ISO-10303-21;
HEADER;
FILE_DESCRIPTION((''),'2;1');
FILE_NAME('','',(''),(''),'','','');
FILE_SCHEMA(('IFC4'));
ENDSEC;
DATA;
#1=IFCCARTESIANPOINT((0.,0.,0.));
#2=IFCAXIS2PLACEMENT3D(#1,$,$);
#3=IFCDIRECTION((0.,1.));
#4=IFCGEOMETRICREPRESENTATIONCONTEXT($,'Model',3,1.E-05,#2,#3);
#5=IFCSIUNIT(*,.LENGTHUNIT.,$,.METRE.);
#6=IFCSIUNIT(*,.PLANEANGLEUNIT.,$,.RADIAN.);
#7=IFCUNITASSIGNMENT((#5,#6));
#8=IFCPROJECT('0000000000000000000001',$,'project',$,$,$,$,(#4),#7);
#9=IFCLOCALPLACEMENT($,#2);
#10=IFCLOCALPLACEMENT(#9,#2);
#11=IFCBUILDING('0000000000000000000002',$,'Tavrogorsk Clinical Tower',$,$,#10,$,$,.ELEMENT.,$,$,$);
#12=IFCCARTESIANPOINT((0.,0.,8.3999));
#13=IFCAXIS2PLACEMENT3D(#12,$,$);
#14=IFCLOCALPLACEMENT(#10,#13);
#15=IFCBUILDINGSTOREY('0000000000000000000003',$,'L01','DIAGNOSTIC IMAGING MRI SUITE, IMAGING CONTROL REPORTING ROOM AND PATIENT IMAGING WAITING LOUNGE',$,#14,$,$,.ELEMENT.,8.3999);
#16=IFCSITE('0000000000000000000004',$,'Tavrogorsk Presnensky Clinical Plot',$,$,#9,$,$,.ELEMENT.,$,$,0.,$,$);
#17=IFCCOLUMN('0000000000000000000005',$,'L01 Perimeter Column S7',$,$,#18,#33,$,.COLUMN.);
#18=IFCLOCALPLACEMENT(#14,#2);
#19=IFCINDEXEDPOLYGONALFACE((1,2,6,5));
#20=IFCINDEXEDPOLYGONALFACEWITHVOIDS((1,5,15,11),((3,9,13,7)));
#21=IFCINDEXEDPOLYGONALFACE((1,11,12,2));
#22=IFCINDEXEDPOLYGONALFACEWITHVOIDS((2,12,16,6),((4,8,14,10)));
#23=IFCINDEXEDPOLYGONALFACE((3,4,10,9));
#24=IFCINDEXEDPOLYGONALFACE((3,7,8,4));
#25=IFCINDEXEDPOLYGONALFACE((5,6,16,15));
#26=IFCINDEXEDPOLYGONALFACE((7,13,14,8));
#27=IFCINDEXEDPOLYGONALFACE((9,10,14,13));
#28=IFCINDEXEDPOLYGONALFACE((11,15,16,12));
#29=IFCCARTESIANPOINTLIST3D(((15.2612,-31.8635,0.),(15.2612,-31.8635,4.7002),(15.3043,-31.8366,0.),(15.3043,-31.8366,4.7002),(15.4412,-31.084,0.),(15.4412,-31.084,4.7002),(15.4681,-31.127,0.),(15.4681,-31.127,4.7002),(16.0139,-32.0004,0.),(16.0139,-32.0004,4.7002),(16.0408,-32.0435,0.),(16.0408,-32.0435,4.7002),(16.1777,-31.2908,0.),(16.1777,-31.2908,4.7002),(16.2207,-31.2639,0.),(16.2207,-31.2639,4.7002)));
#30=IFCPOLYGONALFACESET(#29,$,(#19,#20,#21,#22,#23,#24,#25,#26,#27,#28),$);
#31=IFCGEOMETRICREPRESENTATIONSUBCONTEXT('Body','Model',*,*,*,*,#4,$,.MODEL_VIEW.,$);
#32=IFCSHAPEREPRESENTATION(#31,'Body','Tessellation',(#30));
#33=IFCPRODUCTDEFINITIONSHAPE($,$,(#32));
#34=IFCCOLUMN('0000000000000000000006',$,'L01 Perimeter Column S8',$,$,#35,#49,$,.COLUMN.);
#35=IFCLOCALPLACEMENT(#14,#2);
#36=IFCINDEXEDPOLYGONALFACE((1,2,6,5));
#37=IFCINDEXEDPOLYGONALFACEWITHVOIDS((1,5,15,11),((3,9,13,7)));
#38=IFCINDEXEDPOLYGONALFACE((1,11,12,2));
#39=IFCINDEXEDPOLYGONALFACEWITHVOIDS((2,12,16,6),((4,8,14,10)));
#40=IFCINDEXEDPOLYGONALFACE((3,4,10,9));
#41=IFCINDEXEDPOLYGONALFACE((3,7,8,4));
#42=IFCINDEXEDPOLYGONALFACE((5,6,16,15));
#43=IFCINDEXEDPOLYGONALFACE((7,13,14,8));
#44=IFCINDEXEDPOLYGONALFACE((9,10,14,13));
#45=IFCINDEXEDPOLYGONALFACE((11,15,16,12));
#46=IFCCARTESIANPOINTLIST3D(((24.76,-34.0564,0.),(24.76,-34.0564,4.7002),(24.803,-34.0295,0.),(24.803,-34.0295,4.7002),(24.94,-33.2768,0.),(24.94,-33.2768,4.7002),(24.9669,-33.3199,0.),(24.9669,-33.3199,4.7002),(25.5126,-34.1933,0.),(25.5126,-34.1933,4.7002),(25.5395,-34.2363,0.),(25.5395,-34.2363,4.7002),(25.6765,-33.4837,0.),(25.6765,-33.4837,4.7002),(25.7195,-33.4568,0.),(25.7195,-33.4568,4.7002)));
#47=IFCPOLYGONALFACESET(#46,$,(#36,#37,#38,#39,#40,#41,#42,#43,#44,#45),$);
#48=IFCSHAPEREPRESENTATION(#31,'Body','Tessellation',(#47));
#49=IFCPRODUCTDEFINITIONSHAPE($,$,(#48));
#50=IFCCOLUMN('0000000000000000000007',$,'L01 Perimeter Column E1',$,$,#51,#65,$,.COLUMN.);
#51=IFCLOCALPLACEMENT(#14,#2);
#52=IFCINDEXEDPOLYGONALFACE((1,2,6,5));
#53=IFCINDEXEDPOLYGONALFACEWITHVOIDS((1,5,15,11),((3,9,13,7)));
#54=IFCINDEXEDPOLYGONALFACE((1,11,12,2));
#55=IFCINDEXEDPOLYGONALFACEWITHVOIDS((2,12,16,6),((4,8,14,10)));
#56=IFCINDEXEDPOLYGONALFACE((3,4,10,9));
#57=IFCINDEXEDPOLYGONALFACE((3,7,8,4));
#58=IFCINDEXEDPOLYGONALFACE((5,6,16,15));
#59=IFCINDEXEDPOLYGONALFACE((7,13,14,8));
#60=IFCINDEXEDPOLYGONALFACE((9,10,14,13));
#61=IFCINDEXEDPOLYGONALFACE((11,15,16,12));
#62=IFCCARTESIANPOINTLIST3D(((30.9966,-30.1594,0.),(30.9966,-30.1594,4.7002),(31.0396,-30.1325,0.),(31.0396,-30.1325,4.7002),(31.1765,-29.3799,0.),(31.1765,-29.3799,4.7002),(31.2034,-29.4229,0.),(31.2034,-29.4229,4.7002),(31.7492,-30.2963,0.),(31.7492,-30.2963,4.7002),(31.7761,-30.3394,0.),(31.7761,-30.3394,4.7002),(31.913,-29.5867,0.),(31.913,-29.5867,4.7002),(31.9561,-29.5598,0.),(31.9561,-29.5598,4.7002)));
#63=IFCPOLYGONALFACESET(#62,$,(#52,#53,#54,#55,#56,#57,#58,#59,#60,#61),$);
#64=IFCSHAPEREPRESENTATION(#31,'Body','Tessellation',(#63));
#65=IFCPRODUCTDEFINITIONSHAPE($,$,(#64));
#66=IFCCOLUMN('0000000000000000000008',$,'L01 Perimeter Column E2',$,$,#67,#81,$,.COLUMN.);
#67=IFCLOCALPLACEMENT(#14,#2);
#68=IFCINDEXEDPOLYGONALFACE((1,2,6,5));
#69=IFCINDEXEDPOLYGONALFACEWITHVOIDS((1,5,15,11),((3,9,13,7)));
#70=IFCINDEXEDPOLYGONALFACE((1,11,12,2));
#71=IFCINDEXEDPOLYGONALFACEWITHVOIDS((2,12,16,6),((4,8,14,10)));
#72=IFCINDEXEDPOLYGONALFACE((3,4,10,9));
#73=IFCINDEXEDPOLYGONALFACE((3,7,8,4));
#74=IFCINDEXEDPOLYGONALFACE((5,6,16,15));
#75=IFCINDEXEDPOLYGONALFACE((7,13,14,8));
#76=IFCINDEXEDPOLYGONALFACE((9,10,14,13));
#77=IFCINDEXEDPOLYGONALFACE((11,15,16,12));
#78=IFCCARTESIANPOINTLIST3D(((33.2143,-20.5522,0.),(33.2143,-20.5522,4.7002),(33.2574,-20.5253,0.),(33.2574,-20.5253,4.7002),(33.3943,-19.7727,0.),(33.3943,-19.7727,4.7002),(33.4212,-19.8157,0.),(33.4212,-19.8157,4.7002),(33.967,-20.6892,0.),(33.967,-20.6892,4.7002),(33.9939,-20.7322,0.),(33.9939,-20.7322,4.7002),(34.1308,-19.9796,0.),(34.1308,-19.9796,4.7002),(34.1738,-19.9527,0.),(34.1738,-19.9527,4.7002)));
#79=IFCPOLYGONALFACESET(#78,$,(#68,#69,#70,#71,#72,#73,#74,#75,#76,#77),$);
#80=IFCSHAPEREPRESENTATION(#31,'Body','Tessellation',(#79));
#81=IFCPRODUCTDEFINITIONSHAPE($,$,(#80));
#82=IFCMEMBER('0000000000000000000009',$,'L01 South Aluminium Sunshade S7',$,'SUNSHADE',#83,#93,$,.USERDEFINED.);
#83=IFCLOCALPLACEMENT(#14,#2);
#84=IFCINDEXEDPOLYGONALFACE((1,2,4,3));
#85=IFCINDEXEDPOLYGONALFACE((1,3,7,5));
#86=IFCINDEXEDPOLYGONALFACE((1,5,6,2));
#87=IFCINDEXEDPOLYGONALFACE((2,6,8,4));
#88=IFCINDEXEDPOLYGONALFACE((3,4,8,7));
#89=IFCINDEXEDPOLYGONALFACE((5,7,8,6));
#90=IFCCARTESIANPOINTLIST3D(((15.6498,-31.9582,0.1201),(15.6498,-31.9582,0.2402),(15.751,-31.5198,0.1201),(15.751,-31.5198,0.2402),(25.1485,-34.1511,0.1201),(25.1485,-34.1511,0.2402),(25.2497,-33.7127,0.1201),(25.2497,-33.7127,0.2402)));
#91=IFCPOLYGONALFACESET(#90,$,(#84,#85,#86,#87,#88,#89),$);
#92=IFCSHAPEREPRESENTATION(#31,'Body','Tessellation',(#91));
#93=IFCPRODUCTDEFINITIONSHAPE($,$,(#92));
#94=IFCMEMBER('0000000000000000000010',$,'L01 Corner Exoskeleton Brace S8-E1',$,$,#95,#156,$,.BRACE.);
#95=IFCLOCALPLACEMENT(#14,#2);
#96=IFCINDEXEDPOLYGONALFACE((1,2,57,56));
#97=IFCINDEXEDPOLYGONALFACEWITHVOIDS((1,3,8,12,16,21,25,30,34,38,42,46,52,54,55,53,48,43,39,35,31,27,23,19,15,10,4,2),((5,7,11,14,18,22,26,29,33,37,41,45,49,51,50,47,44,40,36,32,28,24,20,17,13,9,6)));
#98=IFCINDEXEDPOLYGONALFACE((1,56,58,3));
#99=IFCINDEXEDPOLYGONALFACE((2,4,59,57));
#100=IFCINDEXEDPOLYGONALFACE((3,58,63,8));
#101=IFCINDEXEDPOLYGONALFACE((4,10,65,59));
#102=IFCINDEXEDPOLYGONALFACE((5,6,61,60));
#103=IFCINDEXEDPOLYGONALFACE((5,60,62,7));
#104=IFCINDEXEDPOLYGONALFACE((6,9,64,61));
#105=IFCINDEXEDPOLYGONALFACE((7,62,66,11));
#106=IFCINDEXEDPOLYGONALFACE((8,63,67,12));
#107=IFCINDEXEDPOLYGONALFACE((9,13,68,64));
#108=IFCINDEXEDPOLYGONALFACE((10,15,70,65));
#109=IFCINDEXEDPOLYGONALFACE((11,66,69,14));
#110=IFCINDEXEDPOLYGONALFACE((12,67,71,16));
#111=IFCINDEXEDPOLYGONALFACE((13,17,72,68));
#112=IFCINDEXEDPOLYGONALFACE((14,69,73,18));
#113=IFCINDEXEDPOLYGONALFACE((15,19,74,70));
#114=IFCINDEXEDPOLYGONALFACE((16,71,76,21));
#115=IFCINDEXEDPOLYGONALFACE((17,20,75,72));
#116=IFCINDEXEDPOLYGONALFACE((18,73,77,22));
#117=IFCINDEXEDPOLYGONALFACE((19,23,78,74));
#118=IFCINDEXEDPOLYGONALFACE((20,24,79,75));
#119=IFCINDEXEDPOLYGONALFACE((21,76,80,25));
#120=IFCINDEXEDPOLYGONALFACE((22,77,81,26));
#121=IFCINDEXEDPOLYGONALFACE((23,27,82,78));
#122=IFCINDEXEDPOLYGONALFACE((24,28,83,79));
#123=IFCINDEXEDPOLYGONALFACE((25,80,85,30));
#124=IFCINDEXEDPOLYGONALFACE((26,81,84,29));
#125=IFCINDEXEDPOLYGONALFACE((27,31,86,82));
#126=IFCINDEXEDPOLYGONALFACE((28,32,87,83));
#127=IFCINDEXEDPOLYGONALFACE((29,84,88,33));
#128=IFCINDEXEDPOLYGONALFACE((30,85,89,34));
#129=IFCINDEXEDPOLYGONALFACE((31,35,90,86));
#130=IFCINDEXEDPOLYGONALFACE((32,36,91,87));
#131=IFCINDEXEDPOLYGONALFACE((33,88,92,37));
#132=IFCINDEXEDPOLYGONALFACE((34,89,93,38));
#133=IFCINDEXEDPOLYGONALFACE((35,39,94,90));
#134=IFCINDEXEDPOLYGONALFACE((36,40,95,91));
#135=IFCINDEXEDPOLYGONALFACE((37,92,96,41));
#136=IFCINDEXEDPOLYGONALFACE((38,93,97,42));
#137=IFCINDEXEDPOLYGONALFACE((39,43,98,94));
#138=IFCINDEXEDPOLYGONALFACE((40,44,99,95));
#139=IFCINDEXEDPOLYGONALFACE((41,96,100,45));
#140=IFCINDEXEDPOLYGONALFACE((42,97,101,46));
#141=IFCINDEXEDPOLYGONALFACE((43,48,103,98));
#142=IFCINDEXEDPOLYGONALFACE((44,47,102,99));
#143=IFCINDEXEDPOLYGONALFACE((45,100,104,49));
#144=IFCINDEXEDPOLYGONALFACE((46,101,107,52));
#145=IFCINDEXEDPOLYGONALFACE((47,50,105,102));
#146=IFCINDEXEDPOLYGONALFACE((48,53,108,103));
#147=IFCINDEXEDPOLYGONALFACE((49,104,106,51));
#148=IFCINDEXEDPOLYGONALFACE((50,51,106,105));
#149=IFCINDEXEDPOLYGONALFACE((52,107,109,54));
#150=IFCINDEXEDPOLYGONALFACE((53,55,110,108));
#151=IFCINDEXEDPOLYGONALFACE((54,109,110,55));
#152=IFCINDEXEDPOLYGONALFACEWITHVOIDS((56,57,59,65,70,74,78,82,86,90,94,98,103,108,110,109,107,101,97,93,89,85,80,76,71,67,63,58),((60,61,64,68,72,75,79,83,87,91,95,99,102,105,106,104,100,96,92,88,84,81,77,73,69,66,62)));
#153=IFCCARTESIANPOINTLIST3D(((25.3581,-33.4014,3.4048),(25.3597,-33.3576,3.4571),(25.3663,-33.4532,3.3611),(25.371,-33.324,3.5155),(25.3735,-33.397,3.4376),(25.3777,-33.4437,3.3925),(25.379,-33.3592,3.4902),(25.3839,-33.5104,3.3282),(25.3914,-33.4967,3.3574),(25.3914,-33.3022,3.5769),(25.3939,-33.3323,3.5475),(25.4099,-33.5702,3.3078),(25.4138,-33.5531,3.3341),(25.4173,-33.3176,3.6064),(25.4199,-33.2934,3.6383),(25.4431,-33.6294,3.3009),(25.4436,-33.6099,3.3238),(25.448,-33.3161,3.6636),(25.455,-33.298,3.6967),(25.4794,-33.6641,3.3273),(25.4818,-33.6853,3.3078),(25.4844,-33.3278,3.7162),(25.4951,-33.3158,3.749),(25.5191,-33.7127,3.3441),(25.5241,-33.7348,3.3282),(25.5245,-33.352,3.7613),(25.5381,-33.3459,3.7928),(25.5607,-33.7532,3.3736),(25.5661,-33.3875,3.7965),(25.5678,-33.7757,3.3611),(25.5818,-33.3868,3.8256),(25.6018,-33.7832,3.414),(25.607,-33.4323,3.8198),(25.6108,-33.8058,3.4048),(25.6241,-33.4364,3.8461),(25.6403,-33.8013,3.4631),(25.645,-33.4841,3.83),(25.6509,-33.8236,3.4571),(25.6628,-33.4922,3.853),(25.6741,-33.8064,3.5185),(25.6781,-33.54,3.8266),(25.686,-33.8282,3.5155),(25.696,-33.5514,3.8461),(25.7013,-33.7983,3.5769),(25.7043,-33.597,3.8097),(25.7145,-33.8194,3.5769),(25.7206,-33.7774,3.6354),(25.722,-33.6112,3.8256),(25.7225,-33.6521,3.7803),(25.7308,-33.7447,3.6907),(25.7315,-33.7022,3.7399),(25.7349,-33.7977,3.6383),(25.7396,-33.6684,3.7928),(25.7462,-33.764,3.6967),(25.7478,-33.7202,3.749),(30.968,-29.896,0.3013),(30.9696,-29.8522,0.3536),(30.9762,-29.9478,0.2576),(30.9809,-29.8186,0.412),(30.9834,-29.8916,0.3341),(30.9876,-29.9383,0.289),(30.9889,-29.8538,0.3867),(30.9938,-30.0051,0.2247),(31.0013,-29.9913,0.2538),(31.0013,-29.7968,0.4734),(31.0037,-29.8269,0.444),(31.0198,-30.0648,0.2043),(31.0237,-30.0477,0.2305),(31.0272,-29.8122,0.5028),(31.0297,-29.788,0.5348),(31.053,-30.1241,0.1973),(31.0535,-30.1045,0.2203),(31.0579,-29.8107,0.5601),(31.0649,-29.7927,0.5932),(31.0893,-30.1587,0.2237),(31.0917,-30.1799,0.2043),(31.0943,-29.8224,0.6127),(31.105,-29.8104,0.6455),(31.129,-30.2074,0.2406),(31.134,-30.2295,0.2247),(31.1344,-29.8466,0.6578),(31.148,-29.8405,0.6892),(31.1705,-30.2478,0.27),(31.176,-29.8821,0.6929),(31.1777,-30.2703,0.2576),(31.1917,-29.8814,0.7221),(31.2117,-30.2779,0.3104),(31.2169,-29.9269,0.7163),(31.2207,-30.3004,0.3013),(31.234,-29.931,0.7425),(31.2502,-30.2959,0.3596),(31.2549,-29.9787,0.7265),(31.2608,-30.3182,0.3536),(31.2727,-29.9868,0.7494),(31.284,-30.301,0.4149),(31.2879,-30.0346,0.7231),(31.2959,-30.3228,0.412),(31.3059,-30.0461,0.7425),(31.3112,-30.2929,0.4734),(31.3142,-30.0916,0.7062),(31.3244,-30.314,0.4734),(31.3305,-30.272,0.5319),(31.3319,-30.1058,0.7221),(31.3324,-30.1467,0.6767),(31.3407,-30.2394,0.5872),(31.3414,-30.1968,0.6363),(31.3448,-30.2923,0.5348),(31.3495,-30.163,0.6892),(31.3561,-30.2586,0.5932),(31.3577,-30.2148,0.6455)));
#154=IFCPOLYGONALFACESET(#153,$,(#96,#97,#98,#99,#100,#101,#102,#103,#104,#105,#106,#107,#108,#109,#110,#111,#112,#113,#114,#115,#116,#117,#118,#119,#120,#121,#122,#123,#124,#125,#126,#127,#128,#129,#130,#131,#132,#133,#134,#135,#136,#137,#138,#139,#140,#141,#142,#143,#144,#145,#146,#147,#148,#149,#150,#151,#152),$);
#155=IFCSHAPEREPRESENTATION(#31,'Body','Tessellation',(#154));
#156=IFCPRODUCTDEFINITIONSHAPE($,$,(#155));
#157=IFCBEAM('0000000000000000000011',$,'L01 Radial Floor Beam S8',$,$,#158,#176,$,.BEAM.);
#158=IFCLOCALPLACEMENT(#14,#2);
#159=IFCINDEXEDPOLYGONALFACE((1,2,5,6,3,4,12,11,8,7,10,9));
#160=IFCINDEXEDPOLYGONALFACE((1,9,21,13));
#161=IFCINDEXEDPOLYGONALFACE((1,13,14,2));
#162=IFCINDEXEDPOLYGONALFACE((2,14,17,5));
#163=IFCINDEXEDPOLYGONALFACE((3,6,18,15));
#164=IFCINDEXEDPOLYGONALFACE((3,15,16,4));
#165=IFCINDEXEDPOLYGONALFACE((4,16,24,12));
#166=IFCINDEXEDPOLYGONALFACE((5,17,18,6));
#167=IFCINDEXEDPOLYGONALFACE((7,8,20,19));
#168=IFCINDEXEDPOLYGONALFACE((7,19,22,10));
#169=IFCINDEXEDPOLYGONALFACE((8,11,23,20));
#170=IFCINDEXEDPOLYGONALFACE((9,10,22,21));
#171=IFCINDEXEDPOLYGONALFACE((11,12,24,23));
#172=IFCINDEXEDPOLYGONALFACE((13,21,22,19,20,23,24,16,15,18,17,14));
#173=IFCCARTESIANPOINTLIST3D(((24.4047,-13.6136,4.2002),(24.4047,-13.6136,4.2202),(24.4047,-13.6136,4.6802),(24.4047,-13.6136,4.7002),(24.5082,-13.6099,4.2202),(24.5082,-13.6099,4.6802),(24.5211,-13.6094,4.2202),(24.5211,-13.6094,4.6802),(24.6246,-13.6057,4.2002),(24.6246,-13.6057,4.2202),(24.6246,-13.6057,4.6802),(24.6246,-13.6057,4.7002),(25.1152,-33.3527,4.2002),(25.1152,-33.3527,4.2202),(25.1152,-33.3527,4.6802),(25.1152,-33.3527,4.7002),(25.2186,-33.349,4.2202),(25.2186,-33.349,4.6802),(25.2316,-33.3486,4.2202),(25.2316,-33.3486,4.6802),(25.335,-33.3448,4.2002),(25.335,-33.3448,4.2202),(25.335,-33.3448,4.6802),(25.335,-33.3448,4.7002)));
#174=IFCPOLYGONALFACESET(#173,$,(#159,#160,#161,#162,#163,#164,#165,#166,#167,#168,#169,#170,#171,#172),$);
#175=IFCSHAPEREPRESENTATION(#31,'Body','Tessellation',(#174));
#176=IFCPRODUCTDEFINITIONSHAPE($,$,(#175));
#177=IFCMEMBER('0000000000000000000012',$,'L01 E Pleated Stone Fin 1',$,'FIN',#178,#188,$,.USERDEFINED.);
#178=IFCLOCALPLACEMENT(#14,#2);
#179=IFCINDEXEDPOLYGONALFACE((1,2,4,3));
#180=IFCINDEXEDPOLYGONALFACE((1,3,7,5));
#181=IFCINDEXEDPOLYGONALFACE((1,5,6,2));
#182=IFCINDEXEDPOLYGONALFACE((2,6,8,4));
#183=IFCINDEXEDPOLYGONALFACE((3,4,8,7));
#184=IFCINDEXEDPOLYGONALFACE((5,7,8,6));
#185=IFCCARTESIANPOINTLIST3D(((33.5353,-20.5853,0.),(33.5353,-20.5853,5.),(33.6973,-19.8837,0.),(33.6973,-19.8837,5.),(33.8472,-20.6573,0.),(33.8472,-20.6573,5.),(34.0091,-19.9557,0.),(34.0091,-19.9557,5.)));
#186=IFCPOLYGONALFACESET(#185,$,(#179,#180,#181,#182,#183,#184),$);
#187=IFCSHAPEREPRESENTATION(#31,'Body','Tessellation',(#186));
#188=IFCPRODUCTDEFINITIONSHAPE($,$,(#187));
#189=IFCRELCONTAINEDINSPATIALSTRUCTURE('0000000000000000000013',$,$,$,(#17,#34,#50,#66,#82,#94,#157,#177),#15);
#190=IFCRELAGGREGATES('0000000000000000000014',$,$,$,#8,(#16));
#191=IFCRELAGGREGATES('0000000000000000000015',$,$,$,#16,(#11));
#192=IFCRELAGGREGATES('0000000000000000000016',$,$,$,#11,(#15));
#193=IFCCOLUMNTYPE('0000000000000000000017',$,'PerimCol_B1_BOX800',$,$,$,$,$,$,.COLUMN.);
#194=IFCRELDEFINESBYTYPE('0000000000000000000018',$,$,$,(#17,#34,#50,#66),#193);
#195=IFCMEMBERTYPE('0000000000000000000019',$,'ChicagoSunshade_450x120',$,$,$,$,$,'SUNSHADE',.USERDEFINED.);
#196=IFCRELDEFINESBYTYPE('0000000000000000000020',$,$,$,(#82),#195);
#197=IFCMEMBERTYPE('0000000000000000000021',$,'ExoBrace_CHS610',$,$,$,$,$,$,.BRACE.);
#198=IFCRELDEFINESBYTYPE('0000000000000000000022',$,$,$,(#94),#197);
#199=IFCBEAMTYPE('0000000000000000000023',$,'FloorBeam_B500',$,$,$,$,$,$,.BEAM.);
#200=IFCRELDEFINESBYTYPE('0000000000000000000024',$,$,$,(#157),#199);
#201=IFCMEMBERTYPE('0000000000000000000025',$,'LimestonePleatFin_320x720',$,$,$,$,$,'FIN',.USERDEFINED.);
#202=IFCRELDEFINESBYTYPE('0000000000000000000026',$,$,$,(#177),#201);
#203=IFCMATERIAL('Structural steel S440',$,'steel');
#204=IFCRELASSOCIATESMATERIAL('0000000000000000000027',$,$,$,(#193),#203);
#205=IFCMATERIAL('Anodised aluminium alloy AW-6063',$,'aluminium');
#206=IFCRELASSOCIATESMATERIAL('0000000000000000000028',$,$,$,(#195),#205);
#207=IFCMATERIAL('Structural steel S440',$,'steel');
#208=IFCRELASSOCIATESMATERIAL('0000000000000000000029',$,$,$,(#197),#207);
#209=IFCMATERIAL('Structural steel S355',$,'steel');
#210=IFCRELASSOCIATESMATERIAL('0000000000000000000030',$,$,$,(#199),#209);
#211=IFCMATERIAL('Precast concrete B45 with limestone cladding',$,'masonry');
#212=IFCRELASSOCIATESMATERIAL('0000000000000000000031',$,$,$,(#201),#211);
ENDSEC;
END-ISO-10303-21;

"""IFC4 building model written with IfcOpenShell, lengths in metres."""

from ifc_helpers import new_model, si_unit, direction, frame, origin, origin_2d, place, context, subcontext, project, spatial, rectangle, hollow_rectangle, hollow_circle, i_section, extrude, material, material_profile, profile_set, type_object, element, save


model = new_model("IFC4")

# Units and contexts
model_context = context("Model", 3, precision=1e-05, world=origin(), true_north=direction((0.0, 1.0)))
body_context = subcontext(model_context, "Body", "Model", "MODEL_VIEW")
ifc_project = project(units=[si_unit("LENGTHUNIT", "METRE"), si_unit("PLANEANGLEUNIT", "RADIAN")], contexts=[model_context])

# Site, building, storey
site_placement = place(None, origin())
site = spatial("IfcSite", under=ifc_project, at=site_placement, Name="Tavrogorsk Presnensky Clinical Plot", CompositionType="ELEMENT", RefElevation=0.0)
building_placement = place(site_placement, origin())
building = spatial("IfcBuilding", under=site, at=building_placement, Name="Tavrogorsk Clinical Tower", CompositionType="ELEMENT")
storey_placement = place(building_placement, frame((0.0, 0.0, 8.3999)))
storey = spatial("IfcBuildingStorey", under=building, at=storey_placement, Name="L01", Description="DIAGNOSTIC IMAGING MRI SUITE, IMAGING CONTROL REPORTING ROOM AND PATIENT IMAGING WAITING LOUNGE", CompositionType="ELEMENT", Elevation=8.3999)

# Columns
ifc_material_1 = material(Name="Structural steel S440", Category="steel")
ifc_material_profile_1 = material_profile(ifc_material_1, hollow_rectangle(XDim=0.8, YDim=0.8, WallThickness=0.0359, at=origin_2d()), Name="BOX-800x800x36")
ifc_profile_set_1 = profile_set([ifc_material_profile_1], Name="Structural steel S440")
column_type = type_object("IfcColumnType", Name="PerimCol_B1_BOX800", PredefinedType="COLUMN", material=ifc_profile_set_1)
for number, where, z_axis, x_axis, name in (
    (1, (15.741, -31.5637, 0.0), (0.0, 0.0, 1.0), (0.97437, -0.224951, 0.0), "L01 Perimeter Column S7"),
    (2, (25.2397, -33.7566, 0.0), (0.0, 0.0, 1.0), (0.97437, -0.224951, 0.0), "L01 Perimeter Column S8"),
    (3, (31.4763, -29.8596, 0.0), (0.0, 0.0, 1.0), (0.97437, -0.224951, 0.0), "L01 Perimeter Column E1"),
    (4, (33.6941, -20.2524, 0.0), (0.0, 0.0, 1.0), (0.97437, -0.224951, 0.0), "L01 Perimeter Column E2"),
):
    element("IfcColumn", number, at=place(storey_placement, frame(where, z_axis=z_axis, x_axis=x_axis)), inside=storey, type_object=column_type, Name=name, PredefinedType="COLUMN", context=body_context, shape_type="SweptSolid", body=[
        extrude(hollow_rectangle(XDim=0.8, YDim=0.8, WallThickness=0.0359, at=origin_2d()), origin(), (0.0, 0.0, 1.0), 4.7002),
    ])

# Members
ifc_material_2 = material(Name="Anodised aluminium alloy AW-6063", Category="aluminium")
ifc_material_profile_2 = material_profile(ifc_material_2, rectangle(XDim=0.45, YDim=0.1201, at=origin_2d()), Name="ALU-SUNSHADE-450x120")
ifc_profile_set_2 = profile_set([ifc_material_profile_2], Name="Anodised aluminium alloy AW-6063")
member_type_1 = type_object("IfcMemberType", Name="ChicagoSunshade_450x120", ElementType="SUNSHADE", PredefinedType="USERDEFINED", material=ifc_profile_set_2)
member_1_placement = place(storey_placement, frame((15.7004, -31.739, 0.1802), z_axis=(0.974372, -0.224942, 0.0), x_axis=(0.224942, 0.974372, 0.0)))
element("IfcMember", 5, at=member_1_placement, inside=storey, type_object=member_type_1, Name="L01 South Aluminium Sunshade S7", ObjectType="SUNSHADE", PredefinedType="USERDEFINED", context=body_context, shape_type="SweptSolid", body=[
    extrude(rectangle(XDim=0.45, YDim=0.1201, at=origin_2d()), origin(), (0.0, 0.0, 1.0), 9.7485),
])
ifc_material_3 = material(Name="Structural steel S440", Category="steel")
ifc_material_profile_3 = material_profile(ifc_material_3, hollow_circle(Radius=0.3049, WallThickness=0.0249, at=origin_2d()), Name="CHS-610x25")
ifc_profile_set_3 = profile_set([ifc_material_profile_3], Name="Structural steel S440")
member_type_2 = type_object("IfcMemberType", Name="ExoBrace_CHS610", PredefinedType="BRACE", material=ifc_profile_set_3)
member_2_placement = place(storey_placement, frame((31.1628, -30.0554, 0.4734), z_axis=(-0.767754, -0.479738, 0.424741), x_axis=(0.529913, -0.848052, 0.0)))
element("IfcMember", 6, at=member_2_placement, inside=storey, type_object=member_type_2, Name="L01 Corner Exoskeleton Brace S8-E1", PredefinedType="BRACE", context=body_context, shape_type="SweptSolid", body=[
    extrude(hollow_circle(Radius=0.3049, WallThickness=0.0249, at=origin_2d()), origin(), (0.0, 0.0, 1.0), 7.3069),
])

# Beam
ifc_material_4 = material(Name="Structural steel S355", Category="steel")
ifc_material_profile_4 = material_profile(ifc_material_4, i_section(OverallWidth=0.22, OverallDepth=0.5, WebThickness=0.0129, FlangeThickness=0.02, at=origin_2d()), Name="B-500x220x13x20")
ifc_profile_set_4 = profile_set([ifc_material_profile_4], Name="Structural steel S355")
beam_type_1 = type_object("IfcBeamType", Name="FloorBeam_B500", PredefinedType="BEAM", material=ifc_profile_set_4)
beam_1_placement = place(storey_placement, frame((24.5146, -13.6096, 4.4502), z_axis=(0.035968, -0.999353, 0.0), x_axis=(0.999353, 0.035968, 0.0)))
element("IfcBeam", 7, at=beam_1_placement, inside=storey, type_object=beam_type_1, Name="L01 Radial Floor Beam S8", PredefinedType="BEAM", context=body_context, shape_type="SweptSolid", body=[
    extrude(i_section(OverallWidth=0.22, OverallDepth=0.5, WebThickness=0.0129, FlangeThickness=0.02, at=origin_2d()), origin(), (0.0, 0.0, 1.0), 19.752),
])

# Member
ifc_material_5 = material(Name="Precast concrete B45 with limestone cladding", Category="masonry")
ifc_material_profile_5 = material_profile(ifc_material_5, rectangle(XDim=0.3201, YDim=0.72, at=origin_2d()), Name="LIMESTONE-FIN-320x720")
ifc_profile_set_5 = profile_set([ifc_material_profile_5], Name="Precast concrete B45 with limestone cladding")
member_type_3 = type_object("IfcMemberType", Name="LimestonePleatFin_320x720", ElementType="FIN", PredefinedType="USERDEFINED", material=ifc_profile_set_5)
member_3_placement = place(storey_placement, frame((33.7722, -20.2705, 0.0), z_axis=(0.0, 0.0, 1.0), x_axis=(0.97437, -0.224951, 0.0)))
element("IfcMember", 8, at=member_3_placement, inside=storey, type_object=member_type_3, Name="L01 E Pleated Stone Fin 1", ObjectType="FIN", PredefinedType="USERDEFINED", context=body_context, shape_type="SweptSolid", body=[
    extrude(rectangle(XDim=0.3201, YDim=0.72, at=origin_2d()), origin(), (0.0, 0.0, 1.0), 5.0),
])

save(model, "model.ifc")
